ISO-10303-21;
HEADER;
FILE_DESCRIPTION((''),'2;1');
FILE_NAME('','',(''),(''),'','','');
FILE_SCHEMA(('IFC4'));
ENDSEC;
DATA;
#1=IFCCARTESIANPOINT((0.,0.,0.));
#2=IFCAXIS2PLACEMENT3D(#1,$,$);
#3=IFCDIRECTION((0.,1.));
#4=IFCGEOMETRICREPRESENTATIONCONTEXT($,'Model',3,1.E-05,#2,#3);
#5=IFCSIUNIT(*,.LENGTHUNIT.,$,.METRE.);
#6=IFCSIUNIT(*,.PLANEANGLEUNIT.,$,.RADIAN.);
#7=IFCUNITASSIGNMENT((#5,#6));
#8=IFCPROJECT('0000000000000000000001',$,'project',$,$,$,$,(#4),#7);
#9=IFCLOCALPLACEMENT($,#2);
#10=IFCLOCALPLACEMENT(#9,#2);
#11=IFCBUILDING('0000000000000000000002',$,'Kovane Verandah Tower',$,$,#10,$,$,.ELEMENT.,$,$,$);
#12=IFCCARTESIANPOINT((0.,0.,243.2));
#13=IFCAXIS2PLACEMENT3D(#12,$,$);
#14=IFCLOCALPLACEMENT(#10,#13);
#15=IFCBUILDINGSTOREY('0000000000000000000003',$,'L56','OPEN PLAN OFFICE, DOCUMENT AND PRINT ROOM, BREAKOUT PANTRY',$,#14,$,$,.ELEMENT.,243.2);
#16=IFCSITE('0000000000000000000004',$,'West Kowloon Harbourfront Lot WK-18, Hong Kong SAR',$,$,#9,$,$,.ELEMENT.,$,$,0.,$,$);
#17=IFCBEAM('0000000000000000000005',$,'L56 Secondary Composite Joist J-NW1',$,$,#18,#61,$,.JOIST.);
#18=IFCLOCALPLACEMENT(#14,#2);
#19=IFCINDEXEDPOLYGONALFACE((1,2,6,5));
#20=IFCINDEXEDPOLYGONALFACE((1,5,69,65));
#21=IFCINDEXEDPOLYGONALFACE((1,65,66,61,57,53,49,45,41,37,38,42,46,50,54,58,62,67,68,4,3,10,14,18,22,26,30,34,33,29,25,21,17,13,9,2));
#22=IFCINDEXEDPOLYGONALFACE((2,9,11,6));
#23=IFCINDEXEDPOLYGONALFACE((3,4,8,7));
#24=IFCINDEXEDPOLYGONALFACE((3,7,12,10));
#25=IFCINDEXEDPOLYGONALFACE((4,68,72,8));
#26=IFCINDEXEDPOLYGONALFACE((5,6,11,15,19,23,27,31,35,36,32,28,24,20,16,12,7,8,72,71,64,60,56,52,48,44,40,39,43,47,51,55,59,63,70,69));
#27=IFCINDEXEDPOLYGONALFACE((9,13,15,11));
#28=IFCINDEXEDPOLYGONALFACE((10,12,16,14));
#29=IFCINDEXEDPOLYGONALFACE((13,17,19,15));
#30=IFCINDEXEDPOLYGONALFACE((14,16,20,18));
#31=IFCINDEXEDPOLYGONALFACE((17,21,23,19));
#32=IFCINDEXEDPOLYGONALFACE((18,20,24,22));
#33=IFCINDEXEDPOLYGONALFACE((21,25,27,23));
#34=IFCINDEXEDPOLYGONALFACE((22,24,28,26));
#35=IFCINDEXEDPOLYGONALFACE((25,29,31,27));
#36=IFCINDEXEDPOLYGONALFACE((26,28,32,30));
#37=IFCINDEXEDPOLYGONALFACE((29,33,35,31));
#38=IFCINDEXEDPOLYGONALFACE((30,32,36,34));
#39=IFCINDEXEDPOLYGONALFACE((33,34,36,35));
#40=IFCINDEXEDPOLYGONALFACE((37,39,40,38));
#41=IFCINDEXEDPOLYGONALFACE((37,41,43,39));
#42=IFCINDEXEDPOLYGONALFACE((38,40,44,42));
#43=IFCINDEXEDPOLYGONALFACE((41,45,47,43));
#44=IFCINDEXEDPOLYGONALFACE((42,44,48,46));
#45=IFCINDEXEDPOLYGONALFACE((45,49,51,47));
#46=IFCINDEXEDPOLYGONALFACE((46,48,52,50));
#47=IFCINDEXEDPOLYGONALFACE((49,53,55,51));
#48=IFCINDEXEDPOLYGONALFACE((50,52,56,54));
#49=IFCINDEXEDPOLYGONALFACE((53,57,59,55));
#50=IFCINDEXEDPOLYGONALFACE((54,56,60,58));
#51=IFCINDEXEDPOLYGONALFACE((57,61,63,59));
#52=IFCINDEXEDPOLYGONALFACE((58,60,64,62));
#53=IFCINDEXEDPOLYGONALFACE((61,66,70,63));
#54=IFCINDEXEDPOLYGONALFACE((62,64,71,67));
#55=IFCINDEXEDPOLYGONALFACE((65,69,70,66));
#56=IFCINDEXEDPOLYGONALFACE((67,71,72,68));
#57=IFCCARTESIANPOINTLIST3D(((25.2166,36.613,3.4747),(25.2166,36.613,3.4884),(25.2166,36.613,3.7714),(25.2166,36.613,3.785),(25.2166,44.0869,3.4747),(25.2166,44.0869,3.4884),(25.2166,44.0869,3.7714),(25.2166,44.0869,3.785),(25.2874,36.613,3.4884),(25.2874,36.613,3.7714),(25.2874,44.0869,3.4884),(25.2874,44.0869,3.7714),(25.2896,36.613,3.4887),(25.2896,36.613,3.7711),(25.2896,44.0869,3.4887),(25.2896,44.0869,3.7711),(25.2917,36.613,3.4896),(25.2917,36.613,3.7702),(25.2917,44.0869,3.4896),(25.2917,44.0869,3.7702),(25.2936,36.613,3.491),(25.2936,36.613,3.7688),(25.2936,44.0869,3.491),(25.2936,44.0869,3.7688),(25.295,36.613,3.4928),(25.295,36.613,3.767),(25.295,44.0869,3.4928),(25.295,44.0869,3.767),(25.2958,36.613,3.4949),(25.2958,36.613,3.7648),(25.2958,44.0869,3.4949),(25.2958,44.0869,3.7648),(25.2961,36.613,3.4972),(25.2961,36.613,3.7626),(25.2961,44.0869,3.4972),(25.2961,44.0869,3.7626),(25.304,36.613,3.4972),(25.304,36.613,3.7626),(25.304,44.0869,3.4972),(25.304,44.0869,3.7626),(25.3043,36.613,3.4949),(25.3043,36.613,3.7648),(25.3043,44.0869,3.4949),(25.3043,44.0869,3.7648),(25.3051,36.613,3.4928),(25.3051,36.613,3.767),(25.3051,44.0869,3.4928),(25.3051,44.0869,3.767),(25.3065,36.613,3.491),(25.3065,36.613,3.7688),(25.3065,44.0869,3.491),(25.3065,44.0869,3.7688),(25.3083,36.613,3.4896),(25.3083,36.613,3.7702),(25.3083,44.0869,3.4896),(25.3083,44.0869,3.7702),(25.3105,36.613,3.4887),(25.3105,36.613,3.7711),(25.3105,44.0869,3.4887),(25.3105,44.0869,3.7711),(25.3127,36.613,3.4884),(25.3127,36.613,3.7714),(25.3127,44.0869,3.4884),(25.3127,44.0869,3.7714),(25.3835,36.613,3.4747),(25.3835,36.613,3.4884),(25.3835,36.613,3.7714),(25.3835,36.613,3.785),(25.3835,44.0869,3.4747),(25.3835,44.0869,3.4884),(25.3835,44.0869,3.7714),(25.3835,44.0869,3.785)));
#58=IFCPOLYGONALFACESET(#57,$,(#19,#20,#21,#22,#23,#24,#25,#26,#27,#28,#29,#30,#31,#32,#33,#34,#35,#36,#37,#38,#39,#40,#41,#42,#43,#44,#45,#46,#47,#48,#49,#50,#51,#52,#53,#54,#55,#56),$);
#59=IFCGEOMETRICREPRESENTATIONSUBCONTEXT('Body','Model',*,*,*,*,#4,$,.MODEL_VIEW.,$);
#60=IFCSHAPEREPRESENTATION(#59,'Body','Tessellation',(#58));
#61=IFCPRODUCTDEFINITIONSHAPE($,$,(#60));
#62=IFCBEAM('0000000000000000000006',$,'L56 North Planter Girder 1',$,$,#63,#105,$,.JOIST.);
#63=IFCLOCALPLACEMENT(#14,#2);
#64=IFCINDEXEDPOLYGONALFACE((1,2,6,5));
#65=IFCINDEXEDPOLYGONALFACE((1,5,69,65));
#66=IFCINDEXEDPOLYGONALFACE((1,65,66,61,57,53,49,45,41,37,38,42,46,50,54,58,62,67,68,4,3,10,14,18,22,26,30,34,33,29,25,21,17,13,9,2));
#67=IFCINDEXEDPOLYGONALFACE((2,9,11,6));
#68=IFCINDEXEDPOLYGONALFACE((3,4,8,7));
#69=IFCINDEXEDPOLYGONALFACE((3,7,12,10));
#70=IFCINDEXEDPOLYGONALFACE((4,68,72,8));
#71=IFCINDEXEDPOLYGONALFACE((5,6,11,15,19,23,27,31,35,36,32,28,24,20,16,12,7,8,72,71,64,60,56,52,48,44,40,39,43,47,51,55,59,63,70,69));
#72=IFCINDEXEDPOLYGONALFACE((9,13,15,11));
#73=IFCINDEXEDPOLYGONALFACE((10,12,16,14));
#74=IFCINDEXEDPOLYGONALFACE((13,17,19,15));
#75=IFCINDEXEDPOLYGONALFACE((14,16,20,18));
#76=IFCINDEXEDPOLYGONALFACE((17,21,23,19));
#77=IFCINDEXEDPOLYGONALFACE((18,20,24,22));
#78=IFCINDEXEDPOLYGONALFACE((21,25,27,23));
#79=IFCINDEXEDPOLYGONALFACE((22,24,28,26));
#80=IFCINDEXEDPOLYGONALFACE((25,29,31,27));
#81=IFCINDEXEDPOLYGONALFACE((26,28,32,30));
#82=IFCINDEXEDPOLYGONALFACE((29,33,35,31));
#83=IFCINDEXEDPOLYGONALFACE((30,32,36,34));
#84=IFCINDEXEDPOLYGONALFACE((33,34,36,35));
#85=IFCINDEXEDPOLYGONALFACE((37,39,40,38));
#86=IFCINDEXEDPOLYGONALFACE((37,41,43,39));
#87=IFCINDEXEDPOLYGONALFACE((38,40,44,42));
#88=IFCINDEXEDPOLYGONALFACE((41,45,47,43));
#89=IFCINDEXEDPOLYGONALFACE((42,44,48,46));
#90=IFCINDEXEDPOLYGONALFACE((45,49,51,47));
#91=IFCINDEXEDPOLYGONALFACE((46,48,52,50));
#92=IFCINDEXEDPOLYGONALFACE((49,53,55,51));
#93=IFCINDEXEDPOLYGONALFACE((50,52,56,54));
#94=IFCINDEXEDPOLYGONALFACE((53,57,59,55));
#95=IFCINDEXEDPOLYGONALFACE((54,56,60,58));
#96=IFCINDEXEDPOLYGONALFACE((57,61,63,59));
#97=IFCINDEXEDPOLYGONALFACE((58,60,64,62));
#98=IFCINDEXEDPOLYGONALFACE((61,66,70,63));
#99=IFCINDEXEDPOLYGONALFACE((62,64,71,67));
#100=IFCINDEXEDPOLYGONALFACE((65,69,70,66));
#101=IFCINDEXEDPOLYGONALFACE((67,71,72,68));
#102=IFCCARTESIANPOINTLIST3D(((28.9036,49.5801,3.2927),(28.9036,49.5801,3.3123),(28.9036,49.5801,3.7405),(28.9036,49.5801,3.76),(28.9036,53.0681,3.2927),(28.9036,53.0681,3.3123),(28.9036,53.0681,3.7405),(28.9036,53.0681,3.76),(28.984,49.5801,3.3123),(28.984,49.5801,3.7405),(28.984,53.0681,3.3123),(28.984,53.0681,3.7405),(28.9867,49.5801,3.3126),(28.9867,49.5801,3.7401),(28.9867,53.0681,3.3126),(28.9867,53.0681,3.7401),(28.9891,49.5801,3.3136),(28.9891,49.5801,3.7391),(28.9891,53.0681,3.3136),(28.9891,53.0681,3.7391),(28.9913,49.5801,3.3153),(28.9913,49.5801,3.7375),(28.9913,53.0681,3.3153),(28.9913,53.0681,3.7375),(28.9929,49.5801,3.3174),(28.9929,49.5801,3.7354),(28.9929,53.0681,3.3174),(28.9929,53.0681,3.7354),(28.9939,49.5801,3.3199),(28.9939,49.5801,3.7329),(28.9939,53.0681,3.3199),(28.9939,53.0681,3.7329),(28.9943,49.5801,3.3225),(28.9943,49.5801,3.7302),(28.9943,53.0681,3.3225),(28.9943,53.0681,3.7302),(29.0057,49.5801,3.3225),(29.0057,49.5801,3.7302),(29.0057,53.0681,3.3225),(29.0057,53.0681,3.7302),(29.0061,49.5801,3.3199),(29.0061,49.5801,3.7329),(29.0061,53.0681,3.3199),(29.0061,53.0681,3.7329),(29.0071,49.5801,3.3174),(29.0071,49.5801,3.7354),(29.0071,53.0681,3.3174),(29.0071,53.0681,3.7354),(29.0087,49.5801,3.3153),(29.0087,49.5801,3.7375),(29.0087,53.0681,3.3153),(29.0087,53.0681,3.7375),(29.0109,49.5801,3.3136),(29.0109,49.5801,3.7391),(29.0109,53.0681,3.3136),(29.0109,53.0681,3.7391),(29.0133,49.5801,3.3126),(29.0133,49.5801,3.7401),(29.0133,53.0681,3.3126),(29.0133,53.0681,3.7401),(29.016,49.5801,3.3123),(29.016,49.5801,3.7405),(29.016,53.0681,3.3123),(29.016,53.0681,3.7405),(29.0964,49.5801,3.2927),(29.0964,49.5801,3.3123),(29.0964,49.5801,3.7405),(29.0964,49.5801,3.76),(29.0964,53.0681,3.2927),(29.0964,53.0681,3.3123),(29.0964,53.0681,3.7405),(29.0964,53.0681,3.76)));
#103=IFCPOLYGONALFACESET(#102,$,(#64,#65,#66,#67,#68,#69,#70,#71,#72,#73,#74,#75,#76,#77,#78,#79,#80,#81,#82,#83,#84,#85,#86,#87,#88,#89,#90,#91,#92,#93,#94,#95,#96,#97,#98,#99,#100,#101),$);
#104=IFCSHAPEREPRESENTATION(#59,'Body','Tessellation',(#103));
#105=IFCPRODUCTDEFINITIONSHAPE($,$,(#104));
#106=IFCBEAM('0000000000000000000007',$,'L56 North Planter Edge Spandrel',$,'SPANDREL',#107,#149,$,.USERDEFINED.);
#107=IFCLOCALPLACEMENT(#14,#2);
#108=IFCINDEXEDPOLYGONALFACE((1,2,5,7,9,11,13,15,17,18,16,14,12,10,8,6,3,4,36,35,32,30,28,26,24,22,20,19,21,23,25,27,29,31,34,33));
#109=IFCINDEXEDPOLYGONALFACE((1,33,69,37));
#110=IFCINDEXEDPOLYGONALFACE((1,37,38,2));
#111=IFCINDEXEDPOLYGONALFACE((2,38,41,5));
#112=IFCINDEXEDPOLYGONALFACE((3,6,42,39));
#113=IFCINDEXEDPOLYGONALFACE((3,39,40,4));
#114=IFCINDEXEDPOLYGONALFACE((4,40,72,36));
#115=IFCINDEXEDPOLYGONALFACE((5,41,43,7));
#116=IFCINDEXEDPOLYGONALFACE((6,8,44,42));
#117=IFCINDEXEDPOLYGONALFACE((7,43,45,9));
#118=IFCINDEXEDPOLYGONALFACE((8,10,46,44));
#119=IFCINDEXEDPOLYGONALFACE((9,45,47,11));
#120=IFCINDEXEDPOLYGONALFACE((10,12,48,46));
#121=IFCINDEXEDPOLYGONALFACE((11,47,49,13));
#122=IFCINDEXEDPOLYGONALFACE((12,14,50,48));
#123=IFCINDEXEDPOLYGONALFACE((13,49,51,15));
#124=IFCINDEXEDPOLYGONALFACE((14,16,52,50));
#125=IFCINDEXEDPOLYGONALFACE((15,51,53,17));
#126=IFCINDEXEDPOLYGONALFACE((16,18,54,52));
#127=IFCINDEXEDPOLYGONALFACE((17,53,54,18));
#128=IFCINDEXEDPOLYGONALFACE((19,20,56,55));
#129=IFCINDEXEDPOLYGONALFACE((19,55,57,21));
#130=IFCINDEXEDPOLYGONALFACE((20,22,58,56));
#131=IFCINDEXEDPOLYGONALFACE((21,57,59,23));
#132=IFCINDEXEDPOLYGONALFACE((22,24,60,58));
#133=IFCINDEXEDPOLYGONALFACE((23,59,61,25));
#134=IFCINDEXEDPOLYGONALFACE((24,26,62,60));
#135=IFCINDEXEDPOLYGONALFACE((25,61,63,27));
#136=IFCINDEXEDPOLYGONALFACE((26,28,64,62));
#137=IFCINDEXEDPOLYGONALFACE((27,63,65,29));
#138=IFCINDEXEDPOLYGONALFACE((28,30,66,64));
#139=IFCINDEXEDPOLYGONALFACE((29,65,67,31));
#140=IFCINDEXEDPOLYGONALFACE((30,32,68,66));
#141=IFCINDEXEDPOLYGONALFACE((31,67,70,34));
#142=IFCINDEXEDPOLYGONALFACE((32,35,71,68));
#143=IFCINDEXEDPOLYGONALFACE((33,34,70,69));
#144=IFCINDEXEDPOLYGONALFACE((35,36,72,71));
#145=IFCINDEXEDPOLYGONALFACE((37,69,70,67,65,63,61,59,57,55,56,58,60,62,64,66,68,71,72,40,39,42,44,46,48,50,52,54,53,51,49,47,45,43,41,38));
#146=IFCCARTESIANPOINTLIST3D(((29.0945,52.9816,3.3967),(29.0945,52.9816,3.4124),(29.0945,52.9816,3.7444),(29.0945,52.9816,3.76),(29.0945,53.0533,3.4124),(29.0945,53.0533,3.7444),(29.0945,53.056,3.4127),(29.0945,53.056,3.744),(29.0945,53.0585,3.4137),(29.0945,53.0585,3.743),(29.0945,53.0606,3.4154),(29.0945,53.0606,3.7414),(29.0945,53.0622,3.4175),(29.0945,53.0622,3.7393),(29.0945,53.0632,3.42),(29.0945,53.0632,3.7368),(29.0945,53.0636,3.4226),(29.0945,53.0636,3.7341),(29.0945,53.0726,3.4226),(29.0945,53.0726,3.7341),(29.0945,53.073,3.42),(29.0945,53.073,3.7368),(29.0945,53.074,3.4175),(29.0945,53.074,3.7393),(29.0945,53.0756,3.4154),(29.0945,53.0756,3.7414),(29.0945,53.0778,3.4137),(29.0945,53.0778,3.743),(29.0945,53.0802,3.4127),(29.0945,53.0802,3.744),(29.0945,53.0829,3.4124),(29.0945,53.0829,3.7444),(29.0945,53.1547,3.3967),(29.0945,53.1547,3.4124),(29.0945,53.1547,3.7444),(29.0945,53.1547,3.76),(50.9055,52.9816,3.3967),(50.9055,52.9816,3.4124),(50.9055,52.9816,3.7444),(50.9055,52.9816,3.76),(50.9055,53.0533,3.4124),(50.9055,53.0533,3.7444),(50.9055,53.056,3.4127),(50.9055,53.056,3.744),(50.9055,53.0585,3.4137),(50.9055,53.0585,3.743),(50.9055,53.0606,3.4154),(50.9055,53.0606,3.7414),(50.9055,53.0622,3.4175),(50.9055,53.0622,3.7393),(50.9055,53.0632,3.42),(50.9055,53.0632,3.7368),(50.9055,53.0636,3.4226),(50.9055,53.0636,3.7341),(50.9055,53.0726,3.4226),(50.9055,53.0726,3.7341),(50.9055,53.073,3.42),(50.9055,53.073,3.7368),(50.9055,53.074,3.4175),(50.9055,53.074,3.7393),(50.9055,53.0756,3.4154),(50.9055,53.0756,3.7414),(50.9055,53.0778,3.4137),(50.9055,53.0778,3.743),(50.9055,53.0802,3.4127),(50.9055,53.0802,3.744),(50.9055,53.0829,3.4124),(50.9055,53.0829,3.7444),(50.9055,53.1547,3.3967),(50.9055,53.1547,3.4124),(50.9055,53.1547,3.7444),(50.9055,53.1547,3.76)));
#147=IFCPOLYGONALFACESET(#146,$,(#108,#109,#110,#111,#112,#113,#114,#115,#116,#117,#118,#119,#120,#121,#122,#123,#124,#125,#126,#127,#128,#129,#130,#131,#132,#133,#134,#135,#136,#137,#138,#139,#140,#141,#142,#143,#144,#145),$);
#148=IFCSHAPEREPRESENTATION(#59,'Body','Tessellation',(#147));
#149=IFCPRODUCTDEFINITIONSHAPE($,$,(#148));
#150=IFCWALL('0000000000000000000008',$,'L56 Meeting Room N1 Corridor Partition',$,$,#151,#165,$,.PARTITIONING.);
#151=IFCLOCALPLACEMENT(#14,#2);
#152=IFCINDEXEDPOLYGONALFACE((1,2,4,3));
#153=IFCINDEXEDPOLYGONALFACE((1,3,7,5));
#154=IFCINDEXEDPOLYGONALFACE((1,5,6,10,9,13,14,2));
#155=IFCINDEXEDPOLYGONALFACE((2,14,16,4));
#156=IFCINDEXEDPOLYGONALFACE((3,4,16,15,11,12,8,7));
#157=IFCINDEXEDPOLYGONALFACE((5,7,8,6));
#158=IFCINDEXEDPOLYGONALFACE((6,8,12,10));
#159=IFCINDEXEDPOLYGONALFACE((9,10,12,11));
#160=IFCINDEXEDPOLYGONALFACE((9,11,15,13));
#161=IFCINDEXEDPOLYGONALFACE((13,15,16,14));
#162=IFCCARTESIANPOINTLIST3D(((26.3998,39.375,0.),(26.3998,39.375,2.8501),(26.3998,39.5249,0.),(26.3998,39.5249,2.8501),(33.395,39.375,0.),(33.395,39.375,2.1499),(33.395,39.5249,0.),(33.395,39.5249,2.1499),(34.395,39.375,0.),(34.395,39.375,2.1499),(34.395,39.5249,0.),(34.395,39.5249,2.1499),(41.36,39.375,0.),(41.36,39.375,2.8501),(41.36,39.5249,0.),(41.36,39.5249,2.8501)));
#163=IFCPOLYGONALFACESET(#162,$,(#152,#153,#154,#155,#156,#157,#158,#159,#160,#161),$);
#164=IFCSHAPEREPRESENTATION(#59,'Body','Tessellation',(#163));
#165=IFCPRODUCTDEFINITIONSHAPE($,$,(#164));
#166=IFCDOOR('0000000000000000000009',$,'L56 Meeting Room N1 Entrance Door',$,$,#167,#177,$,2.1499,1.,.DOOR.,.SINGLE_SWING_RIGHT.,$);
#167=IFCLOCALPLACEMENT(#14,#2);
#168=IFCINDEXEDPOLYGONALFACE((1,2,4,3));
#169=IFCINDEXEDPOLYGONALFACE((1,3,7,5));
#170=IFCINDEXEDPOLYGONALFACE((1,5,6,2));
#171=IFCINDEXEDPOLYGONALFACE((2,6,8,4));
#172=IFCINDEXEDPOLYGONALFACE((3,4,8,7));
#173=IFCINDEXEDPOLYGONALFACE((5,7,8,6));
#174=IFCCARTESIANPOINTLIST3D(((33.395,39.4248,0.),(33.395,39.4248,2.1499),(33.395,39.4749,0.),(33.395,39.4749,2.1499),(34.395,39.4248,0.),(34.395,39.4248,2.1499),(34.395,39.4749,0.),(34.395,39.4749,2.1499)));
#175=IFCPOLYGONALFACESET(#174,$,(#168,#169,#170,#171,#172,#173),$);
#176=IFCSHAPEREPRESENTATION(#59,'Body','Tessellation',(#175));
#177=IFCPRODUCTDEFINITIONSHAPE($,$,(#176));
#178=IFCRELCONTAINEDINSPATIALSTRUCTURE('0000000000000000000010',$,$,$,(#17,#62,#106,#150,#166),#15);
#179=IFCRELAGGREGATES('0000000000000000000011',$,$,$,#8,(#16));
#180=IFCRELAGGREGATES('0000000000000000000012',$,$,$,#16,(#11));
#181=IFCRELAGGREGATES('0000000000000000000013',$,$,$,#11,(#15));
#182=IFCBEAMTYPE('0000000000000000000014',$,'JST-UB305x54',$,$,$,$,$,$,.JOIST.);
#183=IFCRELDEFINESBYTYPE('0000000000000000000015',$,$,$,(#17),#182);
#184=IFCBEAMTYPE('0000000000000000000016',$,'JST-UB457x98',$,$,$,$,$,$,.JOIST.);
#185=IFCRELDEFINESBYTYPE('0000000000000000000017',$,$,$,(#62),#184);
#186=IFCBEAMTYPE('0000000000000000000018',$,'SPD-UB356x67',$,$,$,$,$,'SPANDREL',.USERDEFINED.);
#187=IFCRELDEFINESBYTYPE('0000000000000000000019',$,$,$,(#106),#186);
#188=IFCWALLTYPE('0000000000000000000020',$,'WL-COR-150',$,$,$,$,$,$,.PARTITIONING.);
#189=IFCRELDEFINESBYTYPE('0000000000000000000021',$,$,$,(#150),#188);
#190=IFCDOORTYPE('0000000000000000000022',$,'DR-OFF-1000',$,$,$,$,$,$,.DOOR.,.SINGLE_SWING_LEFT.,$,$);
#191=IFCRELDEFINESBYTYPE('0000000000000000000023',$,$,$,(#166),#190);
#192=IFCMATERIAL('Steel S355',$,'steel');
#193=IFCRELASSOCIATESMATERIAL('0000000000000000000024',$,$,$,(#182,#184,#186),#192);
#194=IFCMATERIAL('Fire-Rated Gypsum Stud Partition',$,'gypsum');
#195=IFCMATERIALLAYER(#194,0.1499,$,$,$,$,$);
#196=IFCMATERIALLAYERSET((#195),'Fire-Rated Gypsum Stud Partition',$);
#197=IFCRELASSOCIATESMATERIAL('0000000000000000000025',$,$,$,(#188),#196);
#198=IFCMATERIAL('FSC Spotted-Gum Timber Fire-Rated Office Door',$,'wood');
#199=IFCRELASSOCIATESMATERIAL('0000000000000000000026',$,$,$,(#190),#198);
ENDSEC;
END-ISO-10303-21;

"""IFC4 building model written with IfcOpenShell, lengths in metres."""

from ifc_helpers import new_model, si_unit, direction, frame, frame_2d, origin, origin_2d, place, context, subcontext, project, spatial, rectangle, i_section, extrude, material, layer, layer_set, material_profile, profile_set, type_object, element, fill, save


model = new_model("IFC4")

# Units and contexts
model_context = context("Model", 3, precision=1e-05, world=origin(), true_north=direction((0.0, 1.0)))
body_context = subcontext(model_context, "Body", "Model", "MODEL_VIEW")
ifc_project = project(units=[si_unit("LENGTHUNIT", "METRE"), si_unit("PLANEANGLEUNIT", "RADIAN")], contexts=[model_context])

# Site, building, storey
site_placement = place(None, origin())
site = spatial("IfcSite", under=ifc_project, at=site_placement, Name="West Kowloon Harbourfront Lot WK-18, Hong Kong SAR", CompositionType="ELEMENT", RefElevation=0.0)
building_placement = place(site_placement, origin())
building = spatial("IfcBuilding", under=site, at=building_placement, Name="Kovane Verandah Tower", CompositionType="ELEMENT")
storey_placement = place(building_placement, frame((0.0, 0.0, 243.2)))
storey = spatial("IfcBuildingStorey", under=building, at=storey_placement, Name="L56", Description="OPEN PLAN OFFICE, DOCUMENT AND PRINT ROOM, BREAKOUT PANTRY", CompositionType="ELEMENT", Elevation=243.2)

# Beams
ifc_material_1 = material(Name="Steel S355", Category="steel")
ifc_material_profile_1 = material_profile(ifc_material_1, i_section(OverallWidth=0.167, OverallDepth=0.3103, WebThickness=0.0078, FlangeThickness=0.0137, FilletRadius=0.0088, at=origin_2d()), Name="UB305x165x54")
ifc_profile_set_1 = profile_set([ifc_material_profile_1], Name="Steel S355")
beam_type_1 = type_object("IfcBeamType", Name="JST-UB305x54", PredefinedType="JOIST", material=ifc_profile_set_1)
beam_1_placement = place(storey_placement, frame((25.3, 36.613, 3.6299), z_axis=(0.0, 1.0, 0.0), x_axis=(-1.0, 0.0, 0.0)))
element("IfcBeam", 1, at=beam_1_placement, inside=storey, type_object=beam_type_1, Name="L56 Secondary Composite Joist J-NW1", PredefinedType="JOIST", context=body_context, shape_type="SweptSolid", body=[
    extrude(i_section(OverallWidth=0.167, OverallDepth=0.3103, WebThickness=0.0078, FlangeThickness=0.0137, FilletRadius=0.0088, at=origin_2d()), origin(), (0.0, 0.0, 1.0), 7.4739),
])
ifc_material_profile_2 = material_profile(ifc_material_1, i_section(OverallWidth=0.1929, OverallDepth=0.4673, WebThickness=0.0115, FlangeThickness=0.0195, FilletRadius=0.0103, at=origin_2d()), Name="UB457x191x98")
ifc_profile_set_2 = profile_set([ifc_material_profile_2], Name="Steel S355")
beam_type_2 = type_object("IfcBeamType", Name="JST-UB457x98", PredefinedType="JOIST", material=ifc_profile_set_2)
beam_2_placement = place(storey_placement, frame((29.0, 49.5801, 3.5264), z_axis=(0.0, 1.0, 0.0), x_axis=(-1.0, 0.0, 0.0)))
element("IfcBeam", 2, at=beam_2_placement, inside=storey, type_object=beam_type_2, Name="L56 North Planter Girder 1", PredefinedType="JOIST", context=body_context, shape_type="SweptSolid", body=[
    extrude(i_section(OverallWidth=0.1929, OverallDepth=0.4673, WebThickness=0.0115, FlangeThickness=0.0195, FilletRadius=0.0103, at=origin_2d()), origin(), (0.0, 0.0, 1.0), 3.488),
])
ifc_material_profile_3 = material_profile(ifc_material_1, i_section(OverallWidth=0.1731, OverallDepth=0.3633, WebThickness=0.009, FlangeThickness=0.0156, FilletRadius=0.0103, at=origin_2d()), Name="UB356x171x67")
ifc_profile_set_3 = profile_set([ifc_material_profile_3], Name="Steel S355")
beam_type_3 = type_object("IfcBeamType", Name="SPD-UB356x67", ElementType="SPANDREL", PredefinedType="USERDEFINED", material=ifc_profile_set_3)
beam_3_placement = place(storey_placement, frame((29.0945, 53.0681, 3.5784), z_axis=(1.0, 0.0, 0.0), x_axis=(0.0, 1.0, 0.0)))
element("IfcBeam", 3, at=beam_3_placement, inside=storey, type_object=beam_type_3, Name="L56 North Planter Edge Spandrel", ObjectType="SPANDREL", PredefinedType="USERDEFINED", context=body_context, shape_type="SweptSolid", body=[
    extrude(i_section(OverallWidth=0.1731, OverallDepth=0.3633, WebThickness=0.009, FlangeThickness=0.0156, FilletRadius=0.0103, at=origin_2d()), origin(), (0.0, 0.0, 1.0), 21.811),
])

# Wall, opening, door
ifc_material_2 = material(Name="Fire-Rated Gypsum Stud Partition", Category="gypsum")
ifc_layer_1 = layer(ifc_material_2, 0.1499)
ifc_layer_set_1 = layer_set([ifc_layer_1], Name="Fire-Rated Gypsum Stud Partition")
wall_type_1 = type_object("IfcWallType", Name="WL-COR-150", PredefinedType="PARTITIONING", material=ifc_layer_set_1)
wall_1_placement = place(storey_placement, frame((26.3999, 39.45, 0.0), z_axis=(0.0, 0.0, 1.0), x_axis=(1.0, 0.0, 0.0)))
wall_1 = element("IfcWall", 4, at=wall_1_placement, inside=storey, type_object=wall_type_1, Name="L56 Meeting Room N1 Corridor Partition", PredefinedType="PARTITIONING", context=body_context, shape_type="SweptSolid", body=[
    extrude(rectangle(XDim=14.9602, YDim=0.1499, at=frame_2d((7.48, 0.0))), origin(), (0.0, 0.0, 1.0), 2.8501),
])
opening_placement = place(wall_1_placement, frame((6.9951, 0.0, 0.0)))
opening = element("IfcOpeningElement", 5, at=opening_placement, cuts=wall_1, PredefinedType="OPENING", context=body_context, shape_type="SweptSolid", body=[
    extrude(rectangle(XDim=1.0, YDim=2.1499, at=frame_2d((0.5, 1.075))), frame((0.0, 0.075, 0.0), z_axis=(0.0, -1.0, 0.0), x_axis=(1.0, 0.0, 0.0)), (0.0, 0.0, 1.0), 0.1499),
])
ifc_material_3 = material(Name="FSC Spotted-Gum Timber Fire-Rated Office Door", Category="wood")
door_type = type_object("IfcDoorType", Name="DR-OFF-1000", OperationType="SINGLE_SWING_LEFT", PredefinedType="DOOR", material=ifc_material_3)
door_placement = place(opening_placement, origin())
door = element("IfcDoor", 6, at=door_placement, inside=storey, type_object=door_type, Name="L56 Meeting Room N1 Entrance Door", OperationType="SINGLE_SWING_RIGHT", OverallHeight=2.1499, OverallWidth=1.0, PredefinedType="DOOR", context=body_context, shape_type="SweptSolid", body=[
    extrude(rectangle(XDim=1.0, YDim=2.1499, at=frame_2d((0.5, 1.075))), frame((0.0, 0.0249, 0.0), z_axis=(0.0, -1.0, 0.0), x_axis=(1.0, 0.0, 0.0)), (0.0, 0.0, 1.0), 0.05),
])
fill(opening, door)

save(model, "model.ifc")
